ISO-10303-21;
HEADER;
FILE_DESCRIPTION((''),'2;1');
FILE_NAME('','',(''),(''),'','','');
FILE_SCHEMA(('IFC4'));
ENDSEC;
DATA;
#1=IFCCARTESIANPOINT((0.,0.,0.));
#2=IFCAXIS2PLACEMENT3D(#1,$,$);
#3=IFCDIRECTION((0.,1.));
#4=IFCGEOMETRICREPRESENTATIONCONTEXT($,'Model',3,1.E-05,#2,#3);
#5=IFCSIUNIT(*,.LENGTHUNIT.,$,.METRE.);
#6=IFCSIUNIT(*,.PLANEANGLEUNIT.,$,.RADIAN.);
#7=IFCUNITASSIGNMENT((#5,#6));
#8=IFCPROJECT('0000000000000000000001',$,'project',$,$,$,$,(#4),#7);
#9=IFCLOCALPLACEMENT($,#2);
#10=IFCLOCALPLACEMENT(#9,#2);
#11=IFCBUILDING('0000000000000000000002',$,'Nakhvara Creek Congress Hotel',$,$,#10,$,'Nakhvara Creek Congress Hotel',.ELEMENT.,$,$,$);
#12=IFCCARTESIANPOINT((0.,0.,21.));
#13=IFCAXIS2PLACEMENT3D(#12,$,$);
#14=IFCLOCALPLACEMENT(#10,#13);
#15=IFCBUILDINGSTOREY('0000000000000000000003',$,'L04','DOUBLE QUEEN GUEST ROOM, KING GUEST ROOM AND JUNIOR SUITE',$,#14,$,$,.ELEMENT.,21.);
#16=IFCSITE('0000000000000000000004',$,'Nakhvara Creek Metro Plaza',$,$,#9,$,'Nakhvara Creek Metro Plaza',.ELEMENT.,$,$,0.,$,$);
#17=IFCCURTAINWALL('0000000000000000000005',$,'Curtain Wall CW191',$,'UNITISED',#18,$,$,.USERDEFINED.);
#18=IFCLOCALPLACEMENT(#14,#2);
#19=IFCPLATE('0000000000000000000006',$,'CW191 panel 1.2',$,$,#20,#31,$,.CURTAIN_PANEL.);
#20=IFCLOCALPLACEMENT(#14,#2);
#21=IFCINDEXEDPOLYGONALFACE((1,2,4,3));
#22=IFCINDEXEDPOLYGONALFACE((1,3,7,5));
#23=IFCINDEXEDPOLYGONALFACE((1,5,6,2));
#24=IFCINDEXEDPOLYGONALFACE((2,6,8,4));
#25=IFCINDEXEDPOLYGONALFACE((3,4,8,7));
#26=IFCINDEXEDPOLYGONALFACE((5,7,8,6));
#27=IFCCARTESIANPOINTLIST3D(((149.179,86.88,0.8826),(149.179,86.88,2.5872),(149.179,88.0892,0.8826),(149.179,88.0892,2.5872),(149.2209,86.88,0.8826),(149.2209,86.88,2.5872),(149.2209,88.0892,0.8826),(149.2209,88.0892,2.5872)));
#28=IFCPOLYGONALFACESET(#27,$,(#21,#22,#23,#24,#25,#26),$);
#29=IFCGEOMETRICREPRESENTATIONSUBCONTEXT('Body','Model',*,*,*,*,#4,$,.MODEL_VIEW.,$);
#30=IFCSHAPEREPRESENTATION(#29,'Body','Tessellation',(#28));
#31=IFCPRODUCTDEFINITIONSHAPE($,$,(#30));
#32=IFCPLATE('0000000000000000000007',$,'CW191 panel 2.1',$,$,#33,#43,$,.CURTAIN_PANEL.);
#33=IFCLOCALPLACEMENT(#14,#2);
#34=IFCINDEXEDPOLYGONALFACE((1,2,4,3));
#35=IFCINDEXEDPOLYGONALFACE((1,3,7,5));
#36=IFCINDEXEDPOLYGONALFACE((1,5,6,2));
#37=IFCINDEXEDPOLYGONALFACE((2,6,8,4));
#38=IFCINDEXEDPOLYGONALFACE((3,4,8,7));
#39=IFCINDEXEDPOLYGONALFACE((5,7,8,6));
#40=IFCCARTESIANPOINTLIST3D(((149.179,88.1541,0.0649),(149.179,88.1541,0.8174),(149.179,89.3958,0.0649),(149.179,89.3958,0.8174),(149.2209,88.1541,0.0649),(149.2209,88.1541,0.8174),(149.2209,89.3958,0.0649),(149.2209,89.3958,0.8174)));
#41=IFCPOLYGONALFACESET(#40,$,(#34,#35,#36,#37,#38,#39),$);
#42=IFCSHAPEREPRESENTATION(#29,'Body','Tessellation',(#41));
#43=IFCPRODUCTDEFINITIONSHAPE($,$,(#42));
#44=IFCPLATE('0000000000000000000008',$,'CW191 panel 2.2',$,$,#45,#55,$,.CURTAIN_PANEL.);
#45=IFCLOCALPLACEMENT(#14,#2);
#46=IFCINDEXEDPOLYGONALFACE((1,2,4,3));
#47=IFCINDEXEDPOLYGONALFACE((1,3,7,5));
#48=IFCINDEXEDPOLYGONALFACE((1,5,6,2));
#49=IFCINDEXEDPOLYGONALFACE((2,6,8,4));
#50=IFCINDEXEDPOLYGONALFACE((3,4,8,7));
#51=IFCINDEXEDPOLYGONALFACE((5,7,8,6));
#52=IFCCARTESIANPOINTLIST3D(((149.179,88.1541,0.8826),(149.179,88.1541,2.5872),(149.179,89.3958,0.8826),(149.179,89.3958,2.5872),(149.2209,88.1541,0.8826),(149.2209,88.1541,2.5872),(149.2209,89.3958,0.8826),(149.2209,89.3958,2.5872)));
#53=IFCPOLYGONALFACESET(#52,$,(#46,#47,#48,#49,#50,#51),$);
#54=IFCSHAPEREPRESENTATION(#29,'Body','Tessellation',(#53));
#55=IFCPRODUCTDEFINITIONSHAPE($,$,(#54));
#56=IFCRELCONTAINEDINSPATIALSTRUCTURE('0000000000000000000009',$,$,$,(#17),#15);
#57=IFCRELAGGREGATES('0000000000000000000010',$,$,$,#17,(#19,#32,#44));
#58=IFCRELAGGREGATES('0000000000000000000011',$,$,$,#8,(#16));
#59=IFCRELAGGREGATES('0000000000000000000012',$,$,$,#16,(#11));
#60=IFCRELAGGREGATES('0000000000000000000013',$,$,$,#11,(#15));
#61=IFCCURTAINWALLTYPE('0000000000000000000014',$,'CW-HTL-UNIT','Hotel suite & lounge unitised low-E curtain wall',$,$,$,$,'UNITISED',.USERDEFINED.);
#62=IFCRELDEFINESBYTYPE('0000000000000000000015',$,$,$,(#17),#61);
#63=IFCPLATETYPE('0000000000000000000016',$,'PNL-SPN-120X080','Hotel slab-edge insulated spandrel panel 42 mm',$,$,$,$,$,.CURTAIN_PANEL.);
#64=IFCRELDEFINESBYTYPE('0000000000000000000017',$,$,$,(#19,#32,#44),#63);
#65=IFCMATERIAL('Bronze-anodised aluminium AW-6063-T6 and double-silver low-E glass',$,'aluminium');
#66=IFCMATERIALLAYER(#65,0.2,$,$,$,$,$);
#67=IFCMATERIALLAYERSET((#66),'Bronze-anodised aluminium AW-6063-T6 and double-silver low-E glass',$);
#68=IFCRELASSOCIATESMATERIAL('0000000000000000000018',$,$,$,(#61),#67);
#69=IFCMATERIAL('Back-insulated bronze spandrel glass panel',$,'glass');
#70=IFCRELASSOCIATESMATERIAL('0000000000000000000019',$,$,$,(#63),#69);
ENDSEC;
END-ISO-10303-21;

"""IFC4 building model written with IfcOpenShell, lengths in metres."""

from ifc_helpers import new_model, si_unit, direction, frame, origin, origin_2d, place, context, subcontext, project, spatial, rectangle, extrude, material, layer, layer_set, type_object, element, aggregate, save


model = new_model("IFC4")

# Units and contexts
model_context = context("Model", 3, precision=1e-05, world=origin(), true_north=direction((0.0, 1.0)))
body_context = subcontext(model_context, "Body", "Model", "MODEL_VIEW")
ifc_project = project(units=[si_unit("LENGTHUNIT", "METRE"), si_unit("PLANEANGLEUNIT", "RADIAN")], contexts=[model_context])

# Site, building, storey
site_placement = place(None, origin())
site = spatial("IfcSite", under=ifc_project, at=site_placement, Name="Nakhvara Creek Metro Plaza", LongName="Nakhvara Creek Metro Plaza", CompositionType="ELEMENT", RefElevation=0.0)
building_placement = place(site_placement, origin())
building = spatial("IfcBuilding", under=site, at=building_placement, Name="Nakhvara Creek Congress Hotel", LongName="Nakhvara Creek Congress Hotel", CompositionType="ELEMENT")
storey_placement = place(building_placement, frame((0.0, 0.0, 21.0)))
storey = spatial("IfcBuildingStorey", under=building, at=storey_placement, Name="L04", Description="DOUBLE QUEEN GUEST ROOM, KING GUEST ROOM AND JUNIOR SUITE", CompositionType="ELEMENT", Elevation=21.0)

# Curtain wall
ifc_material_1 = material(Name="Bronze-anodised aluminium AW-6063-T6 and double-silver low-E glass", Category="aluminium")
ifc_layer = layer(ifc_material_1, 0.2)
ifc_layer_set = layer_set([ifc_layer], Name="Bronze-anodised aluminium AW-6063-T6 and double-silver low-E glass")
curtain_wall_type = type_object("IfcCurtainWallType", Name="CW-HTL-UNIT", Description="Hotel suite & lounge unitised low-E curtain wall", ElementType="UNITISED", PredefinedType="USERDEFINED", material=ifc_layer_set)
curtain_wall_1_placement = place(storey_placement, origin())
curtain_wall_1 = element("IfcCurtainWall", 1, at=curtain_wall_1_placement, inside=storey, type_object=curtain_wall_type, Name="Curtain Wall CW191", ObjectType="UNITISED", PredefinedType="USERDEFINED")

# Plates
ifc_material_2 = material(Name="Back-insulated bronze spandrel glass panel", Category="glass")
plate_type_1 = type_object("IfcPlateType", Name="PNL-SPN-120X080", Description="Hotel slab-edge insulated spandrel panel 42 mm", PredefinedType="CURTAIN_PANEL", material=ifc_material_2)
plate_1_placement = place(storey_placement, frame((149.2, 87.4846, 0.8826), z_axis=(0.0, 0.0, 1.0), x_axis=(0.0, 1.0, 0.0)))
plate_1 = element("IfcPlate", 2, at=plate_1_placement, type_object=plate_type_1, Name="CW191 panel 1.2", PredefinedType="CURTAIN_PANEL", context=body_context, shape_type="SweptSolid", body=[
    extrude(rectangle(XDim=1.2092, YDim=0.042, at=origin_2d()), origin(), (0.0, 0.0, 1.0), 1.7046),
])
plate_2_placement = place(storey_placement, frame((149.2, 88.7749, 0.0649), z_axis=(0.0, 0.0, 1.0), x_axis=(0.0, 1.0, 0.0)))
plate_2 = element("IfcPlate", 3, at=plate_2_placement, type_object=plate_type_1, Name="CW191 panel 2.1", PredefinedType="CURTAIN_PANEL", context=body_context, shape_type="SweptSolid", body=[
    extrude(rectangle(XDim=1.2417, YDim=0.042, at=origin_2d()), origin(), (0.0, 0.0, 1.0), 0.7524),
])
plate_3_placement = place(storey_placement, frame((149.2, 88.7749, 0.8826), z_axis=(0.0, 0.0, 1.0), x_axis=(0.0, 1.0, 0.0)))
plate_3 = element("IfcPlate", 4, at=plate_3_placement, type_object=plate_type_1, Name="CW191 panel 2.2", PredefinedType="CURTAIN_PANEL", context=body_context, shape_type="SweptSolid", body=[
    extrude(rectangle(XDim=1.2417, YDim=0.042, at=origin_2d()), origin(), (0.0, 0.0, 1.0), 1.7046),
])
aggregate(curtain_wall_1, [plate_1, plate_2, plate_3])

save(model, "model.ifc")
